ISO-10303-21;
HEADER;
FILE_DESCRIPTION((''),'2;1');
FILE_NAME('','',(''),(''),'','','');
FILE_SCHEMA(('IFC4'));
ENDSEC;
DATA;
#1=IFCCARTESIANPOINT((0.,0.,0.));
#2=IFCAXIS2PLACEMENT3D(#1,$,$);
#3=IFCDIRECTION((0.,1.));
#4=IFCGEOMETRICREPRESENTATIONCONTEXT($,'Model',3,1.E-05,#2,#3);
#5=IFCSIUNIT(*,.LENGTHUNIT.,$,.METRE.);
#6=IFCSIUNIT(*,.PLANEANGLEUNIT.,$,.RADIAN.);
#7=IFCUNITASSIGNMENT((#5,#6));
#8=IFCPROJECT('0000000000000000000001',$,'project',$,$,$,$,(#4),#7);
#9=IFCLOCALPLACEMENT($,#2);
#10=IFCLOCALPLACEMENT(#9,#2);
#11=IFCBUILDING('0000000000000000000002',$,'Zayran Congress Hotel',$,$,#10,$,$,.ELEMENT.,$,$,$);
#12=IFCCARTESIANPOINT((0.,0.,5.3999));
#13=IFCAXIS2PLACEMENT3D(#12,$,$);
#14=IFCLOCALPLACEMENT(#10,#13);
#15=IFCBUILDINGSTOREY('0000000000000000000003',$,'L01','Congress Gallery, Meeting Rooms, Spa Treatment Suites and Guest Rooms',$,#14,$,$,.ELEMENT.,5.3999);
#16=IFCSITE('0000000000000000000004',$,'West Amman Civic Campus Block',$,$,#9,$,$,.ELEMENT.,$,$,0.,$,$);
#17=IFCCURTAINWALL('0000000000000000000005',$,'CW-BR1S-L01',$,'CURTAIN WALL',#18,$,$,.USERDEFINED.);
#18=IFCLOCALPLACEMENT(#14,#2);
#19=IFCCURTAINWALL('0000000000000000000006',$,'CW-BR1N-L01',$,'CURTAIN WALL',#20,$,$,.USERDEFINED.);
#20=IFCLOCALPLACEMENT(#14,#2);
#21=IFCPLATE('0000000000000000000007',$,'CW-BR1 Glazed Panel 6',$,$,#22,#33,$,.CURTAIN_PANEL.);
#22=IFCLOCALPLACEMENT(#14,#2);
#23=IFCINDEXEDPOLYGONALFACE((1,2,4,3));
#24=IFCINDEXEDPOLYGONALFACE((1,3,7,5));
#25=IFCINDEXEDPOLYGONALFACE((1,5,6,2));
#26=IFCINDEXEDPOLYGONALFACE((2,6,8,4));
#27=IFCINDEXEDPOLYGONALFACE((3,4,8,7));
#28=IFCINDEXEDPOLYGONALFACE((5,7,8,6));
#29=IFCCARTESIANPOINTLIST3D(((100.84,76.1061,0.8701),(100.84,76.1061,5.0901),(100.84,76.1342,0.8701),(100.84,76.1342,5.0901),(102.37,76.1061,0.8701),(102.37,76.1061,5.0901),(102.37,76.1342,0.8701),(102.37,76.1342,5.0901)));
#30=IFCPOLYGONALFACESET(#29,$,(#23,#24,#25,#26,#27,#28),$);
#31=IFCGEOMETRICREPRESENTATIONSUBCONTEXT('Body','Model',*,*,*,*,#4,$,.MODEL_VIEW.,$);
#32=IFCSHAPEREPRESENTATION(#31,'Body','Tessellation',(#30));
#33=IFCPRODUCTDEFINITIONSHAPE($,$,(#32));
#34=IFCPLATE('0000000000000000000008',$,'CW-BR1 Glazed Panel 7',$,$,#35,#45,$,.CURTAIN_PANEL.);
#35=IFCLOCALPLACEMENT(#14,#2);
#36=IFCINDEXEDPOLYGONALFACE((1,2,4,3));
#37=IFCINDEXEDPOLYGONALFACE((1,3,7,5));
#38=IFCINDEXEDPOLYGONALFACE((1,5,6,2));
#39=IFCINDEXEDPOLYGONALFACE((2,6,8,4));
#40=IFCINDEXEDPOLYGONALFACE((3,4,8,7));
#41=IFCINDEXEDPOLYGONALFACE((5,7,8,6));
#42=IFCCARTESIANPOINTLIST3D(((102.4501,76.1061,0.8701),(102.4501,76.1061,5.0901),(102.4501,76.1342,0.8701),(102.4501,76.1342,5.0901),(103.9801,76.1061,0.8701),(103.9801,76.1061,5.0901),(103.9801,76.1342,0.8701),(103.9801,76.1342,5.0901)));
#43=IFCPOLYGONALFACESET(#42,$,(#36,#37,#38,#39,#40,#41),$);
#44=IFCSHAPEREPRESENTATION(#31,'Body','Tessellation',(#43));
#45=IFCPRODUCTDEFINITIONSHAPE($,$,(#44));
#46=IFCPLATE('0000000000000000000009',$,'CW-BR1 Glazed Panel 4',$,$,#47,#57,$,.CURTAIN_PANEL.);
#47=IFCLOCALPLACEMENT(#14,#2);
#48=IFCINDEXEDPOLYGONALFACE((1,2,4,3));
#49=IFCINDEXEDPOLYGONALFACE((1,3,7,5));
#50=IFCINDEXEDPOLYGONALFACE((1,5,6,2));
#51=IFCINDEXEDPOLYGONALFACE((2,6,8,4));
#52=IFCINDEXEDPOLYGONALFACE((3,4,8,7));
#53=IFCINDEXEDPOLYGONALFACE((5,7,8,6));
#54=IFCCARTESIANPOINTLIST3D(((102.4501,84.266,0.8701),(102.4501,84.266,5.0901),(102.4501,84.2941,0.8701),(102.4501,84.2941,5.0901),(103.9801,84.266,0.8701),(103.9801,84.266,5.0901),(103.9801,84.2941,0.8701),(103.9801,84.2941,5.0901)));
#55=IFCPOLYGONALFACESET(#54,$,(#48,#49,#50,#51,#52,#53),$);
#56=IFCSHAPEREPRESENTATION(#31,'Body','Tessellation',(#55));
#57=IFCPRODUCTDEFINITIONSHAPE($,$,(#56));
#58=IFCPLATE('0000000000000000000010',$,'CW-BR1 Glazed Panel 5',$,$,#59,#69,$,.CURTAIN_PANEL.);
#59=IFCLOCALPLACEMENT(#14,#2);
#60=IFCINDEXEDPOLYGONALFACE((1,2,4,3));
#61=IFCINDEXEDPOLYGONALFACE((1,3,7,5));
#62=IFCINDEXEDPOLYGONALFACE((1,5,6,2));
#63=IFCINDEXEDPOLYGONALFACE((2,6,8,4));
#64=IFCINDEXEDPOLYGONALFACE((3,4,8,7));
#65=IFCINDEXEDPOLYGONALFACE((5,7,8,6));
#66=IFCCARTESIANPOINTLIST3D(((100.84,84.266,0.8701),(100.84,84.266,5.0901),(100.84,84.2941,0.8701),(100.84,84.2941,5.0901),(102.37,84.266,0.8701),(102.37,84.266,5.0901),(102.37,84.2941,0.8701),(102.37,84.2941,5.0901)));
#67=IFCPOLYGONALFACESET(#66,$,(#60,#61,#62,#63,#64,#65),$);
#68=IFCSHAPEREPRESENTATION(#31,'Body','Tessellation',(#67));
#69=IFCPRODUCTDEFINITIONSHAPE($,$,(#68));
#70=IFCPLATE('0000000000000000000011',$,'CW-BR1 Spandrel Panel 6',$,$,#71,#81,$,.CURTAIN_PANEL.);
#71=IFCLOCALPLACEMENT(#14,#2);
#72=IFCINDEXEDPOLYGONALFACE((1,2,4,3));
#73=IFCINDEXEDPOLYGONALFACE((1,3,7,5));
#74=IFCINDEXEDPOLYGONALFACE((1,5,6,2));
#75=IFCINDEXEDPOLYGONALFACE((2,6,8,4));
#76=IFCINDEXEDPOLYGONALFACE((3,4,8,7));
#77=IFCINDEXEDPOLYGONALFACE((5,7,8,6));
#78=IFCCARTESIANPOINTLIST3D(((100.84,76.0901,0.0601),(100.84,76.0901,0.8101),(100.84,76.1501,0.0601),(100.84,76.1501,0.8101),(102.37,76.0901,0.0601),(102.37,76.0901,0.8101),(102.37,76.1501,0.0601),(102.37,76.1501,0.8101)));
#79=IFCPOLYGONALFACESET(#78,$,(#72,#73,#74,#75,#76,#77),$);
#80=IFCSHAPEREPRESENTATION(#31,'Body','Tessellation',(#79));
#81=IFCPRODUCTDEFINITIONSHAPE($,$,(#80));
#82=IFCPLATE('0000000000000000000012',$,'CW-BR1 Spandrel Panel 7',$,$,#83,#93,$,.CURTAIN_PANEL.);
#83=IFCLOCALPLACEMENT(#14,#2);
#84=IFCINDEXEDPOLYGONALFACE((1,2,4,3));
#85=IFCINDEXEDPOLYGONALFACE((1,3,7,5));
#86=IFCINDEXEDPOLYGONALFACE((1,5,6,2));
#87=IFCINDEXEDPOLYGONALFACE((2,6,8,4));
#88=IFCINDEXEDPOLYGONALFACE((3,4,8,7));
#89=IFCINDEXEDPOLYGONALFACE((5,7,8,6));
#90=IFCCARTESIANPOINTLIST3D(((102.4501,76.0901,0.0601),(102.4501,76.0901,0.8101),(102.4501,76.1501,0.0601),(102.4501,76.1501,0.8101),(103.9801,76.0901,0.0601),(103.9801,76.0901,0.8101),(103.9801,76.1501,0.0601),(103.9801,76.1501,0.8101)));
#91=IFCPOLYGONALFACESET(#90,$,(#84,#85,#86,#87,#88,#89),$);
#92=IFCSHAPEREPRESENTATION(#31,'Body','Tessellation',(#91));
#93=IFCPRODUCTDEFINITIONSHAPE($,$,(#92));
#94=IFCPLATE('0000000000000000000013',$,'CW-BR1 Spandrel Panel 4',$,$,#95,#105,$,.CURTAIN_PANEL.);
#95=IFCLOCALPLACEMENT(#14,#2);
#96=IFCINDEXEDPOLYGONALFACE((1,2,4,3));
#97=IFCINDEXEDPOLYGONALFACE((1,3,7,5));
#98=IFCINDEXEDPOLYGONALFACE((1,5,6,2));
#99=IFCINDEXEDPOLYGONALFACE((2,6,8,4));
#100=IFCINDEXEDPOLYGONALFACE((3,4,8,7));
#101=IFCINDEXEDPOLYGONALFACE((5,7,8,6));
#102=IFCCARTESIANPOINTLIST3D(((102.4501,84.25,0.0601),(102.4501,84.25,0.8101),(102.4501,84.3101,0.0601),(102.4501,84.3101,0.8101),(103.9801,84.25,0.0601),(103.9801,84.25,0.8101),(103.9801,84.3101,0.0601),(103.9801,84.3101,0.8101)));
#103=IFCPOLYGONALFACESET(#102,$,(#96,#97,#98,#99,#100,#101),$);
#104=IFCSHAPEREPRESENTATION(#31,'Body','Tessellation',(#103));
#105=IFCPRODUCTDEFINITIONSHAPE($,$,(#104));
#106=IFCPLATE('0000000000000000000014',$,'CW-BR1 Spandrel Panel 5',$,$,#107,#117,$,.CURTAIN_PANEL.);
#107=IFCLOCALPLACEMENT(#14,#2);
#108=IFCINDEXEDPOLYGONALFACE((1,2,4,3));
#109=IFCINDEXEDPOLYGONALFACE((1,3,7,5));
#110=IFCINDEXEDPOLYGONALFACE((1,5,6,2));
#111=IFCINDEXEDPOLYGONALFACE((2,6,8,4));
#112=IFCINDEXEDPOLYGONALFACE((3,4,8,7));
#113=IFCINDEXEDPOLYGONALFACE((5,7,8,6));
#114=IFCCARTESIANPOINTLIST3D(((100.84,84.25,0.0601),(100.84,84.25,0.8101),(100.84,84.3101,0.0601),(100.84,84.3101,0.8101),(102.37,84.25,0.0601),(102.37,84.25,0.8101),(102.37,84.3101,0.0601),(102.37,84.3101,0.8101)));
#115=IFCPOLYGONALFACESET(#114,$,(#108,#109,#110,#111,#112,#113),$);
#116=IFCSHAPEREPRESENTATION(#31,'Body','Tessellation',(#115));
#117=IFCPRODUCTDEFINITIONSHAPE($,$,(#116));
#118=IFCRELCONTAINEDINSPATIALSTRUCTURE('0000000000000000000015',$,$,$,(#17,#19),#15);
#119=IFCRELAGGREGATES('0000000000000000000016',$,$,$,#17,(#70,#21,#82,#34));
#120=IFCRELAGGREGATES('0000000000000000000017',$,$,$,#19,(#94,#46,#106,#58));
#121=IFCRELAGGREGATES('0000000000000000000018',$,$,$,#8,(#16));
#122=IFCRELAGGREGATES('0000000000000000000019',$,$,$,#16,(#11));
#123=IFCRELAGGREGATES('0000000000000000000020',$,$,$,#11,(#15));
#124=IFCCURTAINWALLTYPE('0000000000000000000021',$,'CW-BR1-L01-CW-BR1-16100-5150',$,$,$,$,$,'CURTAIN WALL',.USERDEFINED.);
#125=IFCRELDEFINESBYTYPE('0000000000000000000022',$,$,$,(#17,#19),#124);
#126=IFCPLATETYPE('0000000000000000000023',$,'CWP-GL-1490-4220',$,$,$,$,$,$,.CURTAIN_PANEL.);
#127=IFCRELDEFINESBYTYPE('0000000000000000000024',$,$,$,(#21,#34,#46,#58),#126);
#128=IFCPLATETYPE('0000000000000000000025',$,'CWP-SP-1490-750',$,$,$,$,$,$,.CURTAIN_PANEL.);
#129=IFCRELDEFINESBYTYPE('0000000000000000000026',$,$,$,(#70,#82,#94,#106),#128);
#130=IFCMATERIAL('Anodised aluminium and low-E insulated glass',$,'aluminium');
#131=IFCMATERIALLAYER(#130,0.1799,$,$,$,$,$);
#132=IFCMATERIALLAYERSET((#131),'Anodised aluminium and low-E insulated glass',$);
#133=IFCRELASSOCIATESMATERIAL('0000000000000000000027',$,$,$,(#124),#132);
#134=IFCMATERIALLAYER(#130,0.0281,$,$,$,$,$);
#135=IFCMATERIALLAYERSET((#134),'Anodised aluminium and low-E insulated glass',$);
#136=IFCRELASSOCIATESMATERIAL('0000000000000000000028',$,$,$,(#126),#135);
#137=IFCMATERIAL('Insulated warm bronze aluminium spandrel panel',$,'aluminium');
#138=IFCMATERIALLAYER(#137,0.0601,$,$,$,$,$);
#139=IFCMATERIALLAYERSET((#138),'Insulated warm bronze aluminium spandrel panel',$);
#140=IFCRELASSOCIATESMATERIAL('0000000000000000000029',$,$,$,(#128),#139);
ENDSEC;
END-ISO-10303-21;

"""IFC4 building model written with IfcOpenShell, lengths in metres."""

from ifc_helpers import new_model, si_unit, direction, frame, origin, origin_2d, place, context, subcontext, project, spatial, rectangle, extrude, material, layer, layer_set, type_object, element, aggregate, save


model = new_model("IFC4")

# Units and contexts
model_context = context("Model", 3, precision=1e-05, world=origin(), true_north=direction((0.0, 1.0)))
body_context = subcontext(model_context, "Body", "Model", "MODEL_VIEW")
ifc_project = project(units=[si_unit("LENGTHUNIT", "METRE"), si_unit("PLANEANGLEUNIT", "RADIAN")], contexts=[model_context])

# Site, building, storey
site_placement = place(None, origin())
site = spatial("IfcSite", under=ifc_project, at=site_placement, Name="West Amman Civic Campus Block", CompositionType="ELEMENT", RefElevation=0.0)
building_placement = place(site_placement, origin())
building = spatial("IfcBuilding", under=site, at=building_placement, Name="Zayran Congress Hotel", CompositionType="ELEMENT")
storey_placement = place(building_placement, frame((0.0, 0.0, 5.3999)))
storey = spatial("IfcBuildingStorey", under=building, at=storey_placement, Name="L01", Description="Congress Gallery, Meeting Rooms, Spa Treatment Suites and Guest Rooms", CompositionType="ELEMENT", Elevation=5.3999)

# Curtain walls
ifc_material_1 = material(Name="Anodised aluminium and low-E insulated glass", Category="aluminium")
ifc_layer_1 = layer(ifc_material_1, 0.1799)
ifc_layer_set_1 = layer_set([ifc_layer_1], Name="Anodised aluminium and low-E insulated glass")
curtain_wall_type = type_object("IfcCurtainWallType", Name="CW-BR1-L01-CW-BR1-16100-5150", ElementType="CURTAIN WALL", PredefinedType="USERDEFINED", material=ifc_layer_set_1)
curtain_wall_1_placement = place(storey_placement, origin())
curtain_wall_1 = element("IfcCurtainWall", 1, at=curtain_wall_1_placement, inside=storey, type_object=curtain_wall_type, Name="CW-BR1S-L01", ObjectType="CURTAIN WALL", PredefinedType="USERDEFINED")
curtain_wall_2_placement = place(storey_placement, origin())
curtain_wall_2 = element("IfcCurtainWall", 2, at=curtain_wall_2_placement, inside=storey, type_object=curtain_wall_type, Name="CW-BR1N-L01", ObjectType="CURTAIN WALL", PredefinedType="USERDEFINED")

# Plates
ifc_layer_2 = layer(ifc_material_1, 0.0281)
ifc_layer_set_2 = layer_set([ifc_layer_2], Name="Anodised aluminium and low-E insulated glass")
plate_type_1 = type_object("IfcPlateType", Name="CWP-GL-1490-4220", PredefinedType="CURTAIN_PANEL", material=ifc_layer_set_2)
plate_1_placement = place(storey_placement, frame((101.605, 76.1201, 0.8701), z_axis=(0.0, 0.0, 1.0), x_axis=(1.0, 0.0, 0.0)))
plate_1 = element("IfcPlate", 3, at=plate_1_placement, type_object=plate_type_1, Name="CW-BR1 Glazed Panel 6", PredefinedType="CURTAIN_PANEL", context=body_context, shape_type="SweptSolid", body=[
    extrude(rectangle(XDim=1.53, YDim=0.0281, at=origin_2d()), origin(), (0.0, 0.0, 1.0), 4.22),
])
plate_2_placement = place(storey_placement, frame((103.2151, 76.1201, 0.8701), z_axis=(0.0, 0.0, 1.0), x_axis=(1.0, 0.0, 0.0)))
plate_2 = element("IfcPlate", 4, at=plate_2_placement, type_object=plate_type_1, Name="CW-BR1 Glazed Panel 7", PredefinedType="CURTAIN_PANEL", context=body_context, shape_type="SweptSolid", body=[
    extrude(rectangle(XDim=1.53, YDim=0.0281, at=origin_2d()), origin(), (0.0, 0.0, 1.0), 4.22),
])
plate_3_placement = place(storey_placement, frame((103.2151, 84.28, 0.8701), z_axis=(0.0, 0.0, 1.0), x_axis=(1.0, 0.0, 0.0)))
plate_3 = element("IfcPlate", 5, at=plate_3_placement, type_object=plate_type_1, Name="CW-BR1 Glazed Panel 4", PredefinedType="CURTAIN_PANEL", context=body_context, shape_type="SweptSolid", body=[
    extrude(rectangle(XDim=1.53, YDim=0.0281, at=origin_2d()), origin(), (0.0, 0.0, 1.0), 4.22),
])
plate_4_placement = place(storey_placement, frame((101.605, 84.28, 0.8701), z_axis=(0.0, 0.0, 1.0), x_axis=(1.0, 0.0, 0.0)))
plate_4 = element("IfcPlate", 6, at=plate_4_placement, type_object=plate_type_1, Name="CW-BR1 Glazed Panel 5", PredefinedType="CURTAIN_PANEL", context=body_context, shape_type="SweptSolid", body=[
    extrude(rectangle(XDim=1.53, YDim=0.0281, at=origin_2d()), origin(), (0.0, 0.0, 1.0), 4.22),
])
ifc_material_2 = material(Name="Insulated warm bronze aluminium spandrel panel", Category="aluminium")
ifc_layer_3 = layer(ifc_material_2, 0.0601)
ifc_layer_set_3 = layer_set([ifc_layer_3], Name="Insulated warm bronze aluminium spandrel panel")
plate_type_2 = type_object("IfcPlateType", Name="CWP-SP-1490-750", PredefinedType="CURTAIN_PANEL", material=ifc_layer_set_3)
plate_5_placement = place(storey_placement, frame((101.605, 76.1201, 0.0601), z_axis=(0.0, 0.0, 1.0), x_axis=(1.0, 0.0, 0.0)))
plate_5 = element("IfcPlate", 7, at=plate_5_placement, type_object=plate_type_2, Name="CW-BR1 Spandrel Panel 6", PredefinedType="CURTAIN_PANEL", context=body_context, shape_type="SweptSolid", body=[
    extrude(rectangle(XDim=1.53, YDim=0.0601, at=origin_2d()), origin(), (0.0, 0.0, 1.0), 0.75),
])
plate_6_placement = place(storey_placement, frame((103.2151, 76.1201, 0.0601), z_axis=(0.0, 0.0, 1.0), x_axis=(1.0, 0.0, 0.0)))
plate_6 = element("IfcPlate", 8, at=plate_6_placement, type_object=plate_type_2, Name="CW-BR1 Spandrel Panel 7", PredefinedType="CURTAIN_PANEL", context=body_context, shape_type="SweptSolid", body=[
    extrude(rectangle(XDim=1.53, YDim=0.0601, at=origin_2d()), origin(), (0.0, 0.0, 1.0), 0.75),
])
aggregate(curtain_wall_1, [plate_5, plate_1, plate_6, plate_2])
plate_7_placement = place(storey_placement, frame((103.2151, 84.28, 0.0601), z_axis=(0.0, 0.0, 1.0), x_axis=(1.0, 0.0, 0.0)))
plate_7 = element("IfcPlate", 9, at=plate_7_placement, type_object=plate_type_2, Name="CW-BR1 Spandrel Panel 4", PredefinedType="CURTAIN_PANEL", context=body_context, shape_type="SweptSolid", body=[
    extrude(rectangle(XDim=1.53, YDim=0.0601, at=origin_2d()), origin(), (0.0, 0.0, 1.0), 0.75),
])
plate_8_placement = place(storey_placement, frame((101.605, 84.28, 0.0601), z_axis=(0.0, 0.0, 1.0), x_axis=(1.0, 0.0, 0.0)))
plate_8 = element("IfcPlate", 10, at=plate_8_placement, type_object=plate_type_2, Name="CW-BR1 Spandrel Panel 5", PredefinedType="CURTAIN_PANEL", context=body_context, shape_type="SweptSolid", body=[
    extrude(rectangle(XDim=1.53, YDim=0.0601, at=origin_2d()), origin(), (0.0, 0.0, 1.0), 0.75),
])
aggregate(curtain_wall_2, [plate_7, plate_3, plate_8, plate_4])

save(model, "model.ifc")
